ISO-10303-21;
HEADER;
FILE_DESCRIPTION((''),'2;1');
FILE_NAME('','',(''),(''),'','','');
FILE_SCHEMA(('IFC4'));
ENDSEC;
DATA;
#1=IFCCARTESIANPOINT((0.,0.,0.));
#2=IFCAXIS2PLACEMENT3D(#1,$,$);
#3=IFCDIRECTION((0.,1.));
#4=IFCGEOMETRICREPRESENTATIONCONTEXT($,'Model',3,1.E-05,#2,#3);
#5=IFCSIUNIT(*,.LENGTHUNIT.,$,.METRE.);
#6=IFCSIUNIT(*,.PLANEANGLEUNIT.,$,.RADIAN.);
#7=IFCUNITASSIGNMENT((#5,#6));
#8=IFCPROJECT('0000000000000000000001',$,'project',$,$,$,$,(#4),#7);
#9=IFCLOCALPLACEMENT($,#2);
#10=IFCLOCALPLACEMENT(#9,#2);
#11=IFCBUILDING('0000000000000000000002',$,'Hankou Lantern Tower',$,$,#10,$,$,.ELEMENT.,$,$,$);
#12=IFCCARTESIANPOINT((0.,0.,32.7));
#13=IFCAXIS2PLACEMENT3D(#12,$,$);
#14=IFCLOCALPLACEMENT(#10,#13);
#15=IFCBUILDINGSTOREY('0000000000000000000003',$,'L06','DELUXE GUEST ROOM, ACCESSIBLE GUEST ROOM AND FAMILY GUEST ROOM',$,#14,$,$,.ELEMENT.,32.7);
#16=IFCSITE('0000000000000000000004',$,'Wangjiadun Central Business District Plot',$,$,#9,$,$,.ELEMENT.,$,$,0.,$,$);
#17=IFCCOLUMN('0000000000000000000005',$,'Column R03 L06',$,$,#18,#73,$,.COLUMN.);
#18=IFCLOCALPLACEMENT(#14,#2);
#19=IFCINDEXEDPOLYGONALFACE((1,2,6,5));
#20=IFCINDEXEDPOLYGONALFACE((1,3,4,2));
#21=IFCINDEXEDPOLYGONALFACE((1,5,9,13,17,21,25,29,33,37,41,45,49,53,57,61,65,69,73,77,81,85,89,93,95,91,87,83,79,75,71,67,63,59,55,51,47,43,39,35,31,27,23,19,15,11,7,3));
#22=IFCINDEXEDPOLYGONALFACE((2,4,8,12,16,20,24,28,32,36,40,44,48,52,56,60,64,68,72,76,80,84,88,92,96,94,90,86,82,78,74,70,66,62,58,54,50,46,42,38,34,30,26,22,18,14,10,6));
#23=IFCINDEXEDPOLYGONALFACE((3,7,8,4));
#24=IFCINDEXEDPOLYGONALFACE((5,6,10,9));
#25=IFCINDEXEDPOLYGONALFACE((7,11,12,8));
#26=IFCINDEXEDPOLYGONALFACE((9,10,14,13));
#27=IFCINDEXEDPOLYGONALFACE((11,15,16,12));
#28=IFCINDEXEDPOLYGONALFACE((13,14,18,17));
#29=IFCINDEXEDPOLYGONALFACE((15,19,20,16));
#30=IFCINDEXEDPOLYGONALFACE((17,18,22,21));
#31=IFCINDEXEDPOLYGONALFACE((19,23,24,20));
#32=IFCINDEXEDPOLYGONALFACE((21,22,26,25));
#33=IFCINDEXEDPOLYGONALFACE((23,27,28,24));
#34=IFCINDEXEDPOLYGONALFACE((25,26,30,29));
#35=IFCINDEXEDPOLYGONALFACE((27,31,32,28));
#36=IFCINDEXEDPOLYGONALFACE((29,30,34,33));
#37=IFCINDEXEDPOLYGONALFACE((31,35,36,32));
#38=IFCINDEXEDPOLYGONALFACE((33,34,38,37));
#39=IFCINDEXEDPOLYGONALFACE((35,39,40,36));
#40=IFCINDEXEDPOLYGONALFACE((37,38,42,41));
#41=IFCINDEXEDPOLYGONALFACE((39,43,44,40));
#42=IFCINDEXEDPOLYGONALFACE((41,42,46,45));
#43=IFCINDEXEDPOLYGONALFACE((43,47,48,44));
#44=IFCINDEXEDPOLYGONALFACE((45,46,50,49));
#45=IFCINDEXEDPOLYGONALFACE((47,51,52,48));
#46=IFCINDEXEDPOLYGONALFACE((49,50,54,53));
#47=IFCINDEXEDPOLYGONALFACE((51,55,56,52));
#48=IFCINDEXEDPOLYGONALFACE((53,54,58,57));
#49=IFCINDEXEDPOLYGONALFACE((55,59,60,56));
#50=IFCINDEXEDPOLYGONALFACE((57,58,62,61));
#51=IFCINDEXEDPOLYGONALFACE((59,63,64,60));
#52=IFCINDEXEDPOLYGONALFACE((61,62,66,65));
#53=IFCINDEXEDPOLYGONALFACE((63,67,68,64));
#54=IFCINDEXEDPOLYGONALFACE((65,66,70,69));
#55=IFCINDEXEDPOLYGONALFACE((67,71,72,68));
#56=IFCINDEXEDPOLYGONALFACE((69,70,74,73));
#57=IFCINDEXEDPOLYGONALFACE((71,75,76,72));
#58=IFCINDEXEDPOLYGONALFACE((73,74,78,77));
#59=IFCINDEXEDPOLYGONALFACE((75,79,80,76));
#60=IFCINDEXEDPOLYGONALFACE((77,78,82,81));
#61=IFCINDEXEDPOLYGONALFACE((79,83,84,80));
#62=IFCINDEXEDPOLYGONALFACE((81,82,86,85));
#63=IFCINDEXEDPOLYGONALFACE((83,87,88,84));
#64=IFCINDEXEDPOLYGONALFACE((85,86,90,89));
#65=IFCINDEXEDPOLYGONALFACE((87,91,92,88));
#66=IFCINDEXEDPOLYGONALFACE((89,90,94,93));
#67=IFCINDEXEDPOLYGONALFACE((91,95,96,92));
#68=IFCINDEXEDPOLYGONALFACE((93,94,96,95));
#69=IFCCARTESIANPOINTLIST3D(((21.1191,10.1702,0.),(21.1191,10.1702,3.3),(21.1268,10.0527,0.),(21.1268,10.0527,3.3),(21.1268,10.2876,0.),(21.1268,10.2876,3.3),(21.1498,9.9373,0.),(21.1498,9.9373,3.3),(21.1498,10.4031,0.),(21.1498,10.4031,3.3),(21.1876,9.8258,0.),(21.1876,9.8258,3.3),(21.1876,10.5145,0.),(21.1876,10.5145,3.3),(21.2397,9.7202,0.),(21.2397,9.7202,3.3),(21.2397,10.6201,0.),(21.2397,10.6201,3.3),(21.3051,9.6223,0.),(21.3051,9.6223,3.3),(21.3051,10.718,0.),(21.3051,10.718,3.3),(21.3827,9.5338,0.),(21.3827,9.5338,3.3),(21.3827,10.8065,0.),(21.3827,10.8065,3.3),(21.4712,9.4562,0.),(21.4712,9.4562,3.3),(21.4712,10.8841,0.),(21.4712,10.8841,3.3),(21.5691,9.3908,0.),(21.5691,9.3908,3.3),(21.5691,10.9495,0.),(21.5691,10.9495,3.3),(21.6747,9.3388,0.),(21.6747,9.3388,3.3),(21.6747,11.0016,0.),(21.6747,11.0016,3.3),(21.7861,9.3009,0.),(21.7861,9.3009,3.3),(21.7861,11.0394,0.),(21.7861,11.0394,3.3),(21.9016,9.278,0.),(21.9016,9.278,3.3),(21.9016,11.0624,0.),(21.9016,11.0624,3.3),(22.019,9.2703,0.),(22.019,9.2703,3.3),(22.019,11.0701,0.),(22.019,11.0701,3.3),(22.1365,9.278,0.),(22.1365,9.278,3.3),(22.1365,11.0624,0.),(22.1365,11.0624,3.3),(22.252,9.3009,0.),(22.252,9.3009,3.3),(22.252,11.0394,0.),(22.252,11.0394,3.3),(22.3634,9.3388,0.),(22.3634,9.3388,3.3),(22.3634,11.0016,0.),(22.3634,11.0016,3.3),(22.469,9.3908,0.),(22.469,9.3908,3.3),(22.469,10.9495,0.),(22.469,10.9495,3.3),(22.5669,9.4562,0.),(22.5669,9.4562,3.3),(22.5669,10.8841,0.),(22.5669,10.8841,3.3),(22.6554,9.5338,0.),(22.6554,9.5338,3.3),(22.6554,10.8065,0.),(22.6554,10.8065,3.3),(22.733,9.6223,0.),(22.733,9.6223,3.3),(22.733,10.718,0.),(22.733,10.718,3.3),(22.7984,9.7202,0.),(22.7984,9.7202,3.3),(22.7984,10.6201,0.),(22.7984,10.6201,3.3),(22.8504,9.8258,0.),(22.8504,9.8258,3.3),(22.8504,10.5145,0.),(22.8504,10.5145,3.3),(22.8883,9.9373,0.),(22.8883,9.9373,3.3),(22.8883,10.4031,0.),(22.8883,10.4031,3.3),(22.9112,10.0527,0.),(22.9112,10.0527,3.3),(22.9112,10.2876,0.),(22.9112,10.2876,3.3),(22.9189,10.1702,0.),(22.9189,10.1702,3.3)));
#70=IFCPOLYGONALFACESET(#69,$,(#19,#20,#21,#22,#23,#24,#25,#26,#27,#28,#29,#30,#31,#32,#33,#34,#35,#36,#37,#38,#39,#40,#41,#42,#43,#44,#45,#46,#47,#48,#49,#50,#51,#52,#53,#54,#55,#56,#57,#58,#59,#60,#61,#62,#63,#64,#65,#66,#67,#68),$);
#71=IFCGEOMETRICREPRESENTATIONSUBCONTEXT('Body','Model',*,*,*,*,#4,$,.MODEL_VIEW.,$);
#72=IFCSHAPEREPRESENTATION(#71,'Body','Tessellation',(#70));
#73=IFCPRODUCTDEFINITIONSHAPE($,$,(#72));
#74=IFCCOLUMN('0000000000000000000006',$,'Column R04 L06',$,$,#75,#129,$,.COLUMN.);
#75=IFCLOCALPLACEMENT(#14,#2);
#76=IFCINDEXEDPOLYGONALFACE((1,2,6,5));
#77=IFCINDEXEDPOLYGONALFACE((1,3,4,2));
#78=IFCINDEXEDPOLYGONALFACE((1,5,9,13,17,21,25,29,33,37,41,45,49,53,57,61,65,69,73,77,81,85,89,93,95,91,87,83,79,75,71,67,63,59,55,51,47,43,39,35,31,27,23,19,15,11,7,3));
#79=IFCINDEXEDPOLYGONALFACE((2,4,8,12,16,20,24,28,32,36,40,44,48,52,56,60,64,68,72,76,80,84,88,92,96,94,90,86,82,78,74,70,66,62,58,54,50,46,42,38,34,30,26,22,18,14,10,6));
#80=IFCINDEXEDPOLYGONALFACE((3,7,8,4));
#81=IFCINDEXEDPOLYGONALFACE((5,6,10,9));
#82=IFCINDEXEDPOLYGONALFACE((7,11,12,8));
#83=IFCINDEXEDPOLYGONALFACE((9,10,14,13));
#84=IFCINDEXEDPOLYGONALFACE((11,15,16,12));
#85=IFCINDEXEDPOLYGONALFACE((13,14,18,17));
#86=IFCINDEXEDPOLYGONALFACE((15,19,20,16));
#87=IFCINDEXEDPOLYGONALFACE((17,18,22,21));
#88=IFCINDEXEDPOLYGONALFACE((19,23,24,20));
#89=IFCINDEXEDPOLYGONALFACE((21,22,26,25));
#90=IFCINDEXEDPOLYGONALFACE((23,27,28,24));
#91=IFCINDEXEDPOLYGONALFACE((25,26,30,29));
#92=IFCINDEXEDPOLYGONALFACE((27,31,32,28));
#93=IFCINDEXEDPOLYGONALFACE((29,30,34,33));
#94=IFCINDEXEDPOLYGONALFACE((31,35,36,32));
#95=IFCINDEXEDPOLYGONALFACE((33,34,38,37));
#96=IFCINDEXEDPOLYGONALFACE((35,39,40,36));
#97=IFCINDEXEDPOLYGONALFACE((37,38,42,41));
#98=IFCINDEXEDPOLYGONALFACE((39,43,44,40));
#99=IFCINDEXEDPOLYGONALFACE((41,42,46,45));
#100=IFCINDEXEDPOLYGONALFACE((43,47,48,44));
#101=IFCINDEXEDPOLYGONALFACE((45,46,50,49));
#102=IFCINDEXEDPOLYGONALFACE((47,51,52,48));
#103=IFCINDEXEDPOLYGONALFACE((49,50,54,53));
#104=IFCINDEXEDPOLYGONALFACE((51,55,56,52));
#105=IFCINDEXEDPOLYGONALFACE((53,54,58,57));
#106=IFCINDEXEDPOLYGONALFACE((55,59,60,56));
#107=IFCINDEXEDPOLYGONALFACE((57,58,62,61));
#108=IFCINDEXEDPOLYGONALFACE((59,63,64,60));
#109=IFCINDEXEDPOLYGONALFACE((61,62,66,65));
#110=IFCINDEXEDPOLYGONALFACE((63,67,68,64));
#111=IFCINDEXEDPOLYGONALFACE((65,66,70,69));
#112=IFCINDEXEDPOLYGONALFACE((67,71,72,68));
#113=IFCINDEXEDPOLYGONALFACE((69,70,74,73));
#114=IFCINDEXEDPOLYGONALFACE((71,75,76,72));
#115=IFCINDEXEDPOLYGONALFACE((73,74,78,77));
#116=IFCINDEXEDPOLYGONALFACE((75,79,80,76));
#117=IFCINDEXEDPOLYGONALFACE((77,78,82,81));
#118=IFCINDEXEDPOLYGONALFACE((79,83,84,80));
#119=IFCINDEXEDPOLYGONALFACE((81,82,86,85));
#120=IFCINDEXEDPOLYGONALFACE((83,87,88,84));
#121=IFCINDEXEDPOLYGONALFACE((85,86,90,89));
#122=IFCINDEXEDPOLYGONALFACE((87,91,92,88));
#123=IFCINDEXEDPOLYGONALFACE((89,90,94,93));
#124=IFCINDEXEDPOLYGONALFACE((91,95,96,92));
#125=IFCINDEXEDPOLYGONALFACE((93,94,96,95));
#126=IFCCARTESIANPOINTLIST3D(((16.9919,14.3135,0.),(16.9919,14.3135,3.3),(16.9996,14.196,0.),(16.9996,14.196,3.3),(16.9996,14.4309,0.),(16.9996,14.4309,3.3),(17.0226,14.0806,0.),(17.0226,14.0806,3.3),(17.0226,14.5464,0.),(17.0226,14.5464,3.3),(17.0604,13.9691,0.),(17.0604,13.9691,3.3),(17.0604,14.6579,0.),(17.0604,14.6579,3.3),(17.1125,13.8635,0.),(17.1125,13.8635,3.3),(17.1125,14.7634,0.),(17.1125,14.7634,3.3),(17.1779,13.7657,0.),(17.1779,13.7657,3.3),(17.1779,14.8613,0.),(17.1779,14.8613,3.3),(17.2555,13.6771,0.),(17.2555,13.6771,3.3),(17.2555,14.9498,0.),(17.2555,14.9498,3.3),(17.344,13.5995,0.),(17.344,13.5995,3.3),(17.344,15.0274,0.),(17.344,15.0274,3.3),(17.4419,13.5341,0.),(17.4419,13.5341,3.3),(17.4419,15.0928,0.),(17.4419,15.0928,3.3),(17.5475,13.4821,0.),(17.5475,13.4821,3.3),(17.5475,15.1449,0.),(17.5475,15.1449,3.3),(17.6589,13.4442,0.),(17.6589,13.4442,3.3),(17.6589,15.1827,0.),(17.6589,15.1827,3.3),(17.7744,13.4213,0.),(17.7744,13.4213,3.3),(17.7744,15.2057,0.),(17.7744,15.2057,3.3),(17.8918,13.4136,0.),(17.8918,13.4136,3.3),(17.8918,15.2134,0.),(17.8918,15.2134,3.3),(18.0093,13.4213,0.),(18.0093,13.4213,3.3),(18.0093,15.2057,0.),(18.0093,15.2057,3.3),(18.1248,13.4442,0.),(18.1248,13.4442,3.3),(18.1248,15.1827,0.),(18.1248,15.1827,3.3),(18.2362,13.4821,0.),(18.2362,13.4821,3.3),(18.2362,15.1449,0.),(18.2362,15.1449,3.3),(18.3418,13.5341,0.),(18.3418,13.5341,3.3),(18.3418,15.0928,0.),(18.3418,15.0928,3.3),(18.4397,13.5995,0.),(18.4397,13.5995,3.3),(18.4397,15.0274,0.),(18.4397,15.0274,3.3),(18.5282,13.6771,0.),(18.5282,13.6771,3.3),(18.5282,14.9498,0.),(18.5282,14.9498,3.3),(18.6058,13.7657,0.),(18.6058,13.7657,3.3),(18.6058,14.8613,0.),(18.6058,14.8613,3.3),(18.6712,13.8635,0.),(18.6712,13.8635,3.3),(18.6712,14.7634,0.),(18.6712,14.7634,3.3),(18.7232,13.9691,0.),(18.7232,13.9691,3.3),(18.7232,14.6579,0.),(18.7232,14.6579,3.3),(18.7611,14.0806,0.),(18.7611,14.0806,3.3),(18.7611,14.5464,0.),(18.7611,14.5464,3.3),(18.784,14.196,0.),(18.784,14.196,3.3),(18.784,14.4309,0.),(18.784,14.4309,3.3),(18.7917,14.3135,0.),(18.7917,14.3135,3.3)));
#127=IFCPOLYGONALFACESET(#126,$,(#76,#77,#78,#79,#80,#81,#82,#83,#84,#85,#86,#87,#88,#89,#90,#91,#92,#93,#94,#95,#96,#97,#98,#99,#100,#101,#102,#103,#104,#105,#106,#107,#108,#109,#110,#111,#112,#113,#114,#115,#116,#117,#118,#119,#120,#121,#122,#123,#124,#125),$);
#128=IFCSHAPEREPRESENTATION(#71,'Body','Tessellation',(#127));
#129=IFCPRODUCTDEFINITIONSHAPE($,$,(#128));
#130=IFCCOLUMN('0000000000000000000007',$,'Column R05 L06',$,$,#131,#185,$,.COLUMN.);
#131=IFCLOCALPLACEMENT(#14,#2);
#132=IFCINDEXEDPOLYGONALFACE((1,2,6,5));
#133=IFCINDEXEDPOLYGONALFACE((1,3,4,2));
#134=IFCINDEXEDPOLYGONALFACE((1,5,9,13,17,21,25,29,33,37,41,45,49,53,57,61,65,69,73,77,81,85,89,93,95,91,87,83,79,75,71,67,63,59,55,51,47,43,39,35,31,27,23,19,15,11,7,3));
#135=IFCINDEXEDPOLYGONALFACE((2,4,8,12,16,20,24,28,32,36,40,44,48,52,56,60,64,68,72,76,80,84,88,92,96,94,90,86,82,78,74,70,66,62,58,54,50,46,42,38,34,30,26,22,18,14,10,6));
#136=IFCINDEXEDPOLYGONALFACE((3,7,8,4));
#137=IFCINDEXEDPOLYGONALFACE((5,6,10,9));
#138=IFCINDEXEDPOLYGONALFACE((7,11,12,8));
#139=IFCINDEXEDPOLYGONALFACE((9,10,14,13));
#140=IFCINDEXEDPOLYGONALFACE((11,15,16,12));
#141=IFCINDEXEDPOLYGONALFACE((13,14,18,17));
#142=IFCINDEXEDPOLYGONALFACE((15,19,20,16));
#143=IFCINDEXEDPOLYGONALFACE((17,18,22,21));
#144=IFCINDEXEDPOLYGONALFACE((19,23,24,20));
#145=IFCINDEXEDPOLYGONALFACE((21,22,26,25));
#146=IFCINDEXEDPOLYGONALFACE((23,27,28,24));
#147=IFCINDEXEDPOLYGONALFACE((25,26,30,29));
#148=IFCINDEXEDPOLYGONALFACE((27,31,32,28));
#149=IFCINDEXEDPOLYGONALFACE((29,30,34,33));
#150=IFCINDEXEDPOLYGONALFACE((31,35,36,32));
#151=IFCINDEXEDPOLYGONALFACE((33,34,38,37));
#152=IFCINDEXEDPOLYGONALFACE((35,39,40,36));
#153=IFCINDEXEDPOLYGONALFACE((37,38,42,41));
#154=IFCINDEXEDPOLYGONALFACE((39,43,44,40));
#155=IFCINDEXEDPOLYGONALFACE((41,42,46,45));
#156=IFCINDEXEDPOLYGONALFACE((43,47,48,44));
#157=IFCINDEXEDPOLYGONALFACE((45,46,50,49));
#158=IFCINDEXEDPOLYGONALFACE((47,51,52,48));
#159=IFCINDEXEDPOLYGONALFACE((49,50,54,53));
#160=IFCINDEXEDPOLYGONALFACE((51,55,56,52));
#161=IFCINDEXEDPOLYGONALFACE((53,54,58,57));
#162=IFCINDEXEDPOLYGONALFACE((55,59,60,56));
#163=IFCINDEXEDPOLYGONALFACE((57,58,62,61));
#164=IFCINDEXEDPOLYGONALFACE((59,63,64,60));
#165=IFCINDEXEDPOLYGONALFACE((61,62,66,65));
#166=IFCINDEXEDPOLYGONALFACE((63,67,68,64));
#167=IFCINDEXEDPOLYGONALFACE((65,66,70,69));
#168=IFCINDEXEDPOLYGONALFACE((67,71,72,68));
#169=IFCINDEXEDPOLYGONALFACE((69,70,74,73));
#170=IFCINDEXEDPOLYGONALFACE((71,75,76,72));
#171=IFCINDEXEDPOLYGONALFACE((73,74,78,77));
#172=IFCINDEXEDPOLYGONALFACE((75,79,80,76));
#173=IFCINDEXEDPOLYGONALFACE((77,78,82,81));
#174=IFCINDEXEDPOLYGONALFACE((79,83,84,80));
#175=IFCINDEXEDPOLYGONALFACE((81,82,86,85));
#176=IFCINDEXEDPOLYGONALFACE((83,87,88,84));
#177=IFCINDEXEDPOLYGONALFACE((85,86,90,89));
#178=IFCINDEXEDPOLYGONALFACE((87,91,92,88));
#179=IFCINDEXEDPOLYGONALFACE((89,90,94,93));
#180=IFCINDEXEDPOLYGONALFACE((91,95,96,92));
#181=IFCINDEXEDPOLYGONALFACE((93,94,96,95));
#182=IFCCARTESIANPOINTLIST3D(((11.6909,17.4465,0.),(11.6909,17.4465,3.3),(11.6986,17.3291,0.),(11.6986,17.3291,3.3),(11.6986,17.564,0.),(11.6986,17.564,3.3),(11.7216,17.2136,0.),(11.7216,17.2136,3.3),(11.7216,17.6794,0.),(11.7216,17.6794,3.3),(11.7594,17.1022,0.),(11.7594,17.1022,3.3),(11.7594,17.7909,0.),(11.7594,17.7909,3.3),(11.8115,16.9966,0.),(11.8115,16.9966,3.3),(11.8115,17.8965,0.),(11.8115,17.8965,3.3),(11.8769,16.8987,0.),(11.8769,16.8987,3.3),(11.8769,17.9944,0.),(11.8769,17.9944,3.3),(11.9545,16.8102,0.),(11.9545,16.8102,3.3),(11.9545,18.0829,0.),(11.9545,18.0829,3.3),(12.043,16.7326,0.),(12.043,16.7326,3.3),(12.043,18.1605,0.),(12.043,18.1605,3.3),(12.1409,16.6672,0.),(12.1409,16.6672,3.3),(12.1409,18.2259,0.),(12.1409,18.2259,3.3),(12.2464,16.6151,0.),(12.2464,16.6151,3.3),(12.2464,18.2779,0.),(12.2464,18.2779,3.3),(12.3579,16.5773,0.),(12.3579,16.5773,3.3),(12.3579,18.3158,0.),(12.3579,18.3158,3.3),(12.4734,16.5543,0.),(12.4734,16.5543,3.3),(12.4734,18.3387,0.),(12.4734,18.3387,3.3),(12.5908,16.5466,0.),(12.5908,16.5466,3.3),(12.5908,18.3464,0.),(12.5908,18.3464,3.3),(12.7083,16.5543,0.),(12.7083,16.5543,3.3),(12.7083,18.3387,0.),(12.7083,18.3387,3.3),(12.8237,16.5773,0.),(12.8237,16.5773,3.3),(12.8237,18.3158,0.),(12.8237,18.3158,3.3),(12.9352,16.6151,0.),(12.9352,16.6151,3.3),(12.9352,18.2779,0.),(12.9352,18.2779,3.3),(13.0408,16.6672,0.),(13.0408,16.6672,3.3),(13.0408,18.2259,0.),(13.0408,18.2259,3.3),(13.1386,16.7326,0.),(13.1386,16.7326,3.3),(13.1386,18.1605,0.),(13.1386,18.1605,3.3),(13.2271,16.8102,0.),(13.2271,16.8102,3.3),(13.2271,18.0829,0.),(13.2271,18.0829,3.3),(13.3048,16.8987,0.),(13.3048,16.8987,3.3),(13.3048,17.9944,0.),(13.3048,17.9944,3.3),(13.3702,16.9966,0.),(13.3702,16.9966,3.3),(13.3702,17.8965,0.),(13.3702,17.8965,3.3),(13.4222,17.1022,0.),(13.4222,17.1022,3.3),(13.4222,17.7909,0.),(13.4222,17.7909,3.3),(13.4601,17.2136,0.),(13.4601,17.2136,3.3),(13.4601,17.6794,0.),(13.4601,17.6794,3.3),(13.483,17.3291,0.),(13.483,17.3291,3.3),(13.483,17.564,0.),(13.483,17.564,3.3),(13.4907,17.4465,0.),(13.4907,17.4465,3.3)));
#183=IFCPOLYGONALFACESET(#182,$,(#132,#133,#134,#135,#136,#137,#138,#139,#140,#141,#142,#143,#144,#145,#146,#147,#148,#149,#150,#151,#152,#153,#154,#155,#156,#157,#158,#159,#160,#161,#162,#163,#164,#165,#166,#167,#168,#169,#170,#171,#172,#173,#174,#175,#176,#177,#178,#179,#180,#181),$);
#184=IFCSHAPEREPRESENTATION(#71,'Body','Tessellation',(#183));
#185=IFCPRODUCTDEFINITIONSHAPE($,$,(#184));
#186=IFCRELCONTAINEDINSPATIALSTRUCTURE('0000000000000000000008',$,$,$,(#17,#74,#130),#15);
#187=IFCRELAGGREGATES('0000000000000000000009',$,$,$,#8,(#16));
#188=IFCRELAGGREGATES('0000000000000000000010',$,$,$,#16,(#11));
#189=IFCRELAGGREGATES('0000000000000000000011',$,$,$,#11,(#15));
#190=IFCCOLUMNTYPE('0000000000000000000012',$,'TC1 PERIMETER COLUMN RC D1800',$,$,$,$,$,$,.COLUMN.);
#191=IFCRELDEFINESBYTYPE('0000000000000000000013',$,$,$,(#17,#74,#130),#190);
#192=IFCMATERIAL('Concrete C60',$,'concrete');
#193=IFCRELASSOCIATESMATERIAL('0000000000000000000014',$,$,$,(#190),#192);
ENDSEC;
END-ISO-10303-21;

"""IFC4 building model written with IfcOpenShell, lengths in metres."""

from ifc_helpers import new_model, si_unit, direction, frame, origin, origin_2d, place, context, subcontext, project, spatial, circle, extrude, material, material_profile, profile_set, type_object, element, save


model = new_model("IFC4")

# Units and contexts
model_context = context("Model", 3, precision=1e-05, world=origin(), true_north=direction((0.0, 1.0)))
body_context = subcontext(model_context, "Body", "Model", "MODEL_VIEW")
ifc_project = project(units=[si_unit("LENGTHUNIT", "METRE"), si_unit("PLANEANGLEUNIT", "RADIAN")], contexts=[model_context])

# Site, building, storey
site_placement = place(None, origin())
site = spatial("IfcSite", under=ifc_project, at=site_placement, Name="Wangjiadun Central Business District Plot", CompositionType="ELEMENT", RefElevation=0.0)
building_placement = place(site_placement, origin())
building = spatial("IfcBuilding", under=site, at=building_placement, Name="Hankou Lantern Tower", CompositionType="ELEMENT")
storey_placement = place(building_placement, frame((0.0, 0.0, 32.7)))
storey = spatial("IfcBuildingStorey", under=building, at=storey_placement, Name="L06", Description="DELUXE GUEST ROOM, ACCESSIBLE GUEST ROOM AND FAMILY GUEST ROOM", CompositionType="ELEMENT", Elevation=32.7)

# Columns
ifc_material_1 = material(Name="Concrete C60", Category="concrete")
ifc_material_profile_1 = material_profile(ifc_material_1, circle(Radius=0.8999, at=origin_2d()), Name="RC D1800")
ifc_profile_set_1 = profile_set([ifc_material_profile_1], Name="Concrete C60")
column_type = type_object("IfcColumnType", Name="TC1 PERIMETER COLUMN RC D1800", PredefinedType="COLUMN", material=ifc_profile_set_1)
for number, where, z_axis, x_axis, name in (
    (1, (22.019, 10.1702, 0.0), (0.0, 0.0, 1.0), (1.0, 0.0, 0.0), "Column R03 L06"),
    (2, (17.8918, 14.3135, 0.0), (0.0, 0.0, 1.0), (1.0, 0.0, 0.0), "Column R04 L06"),
    (3, (12.5908, 17.4465, 0.0), (0.0, 0.0, 1.0), (1.0, 0.0, 0.0), "Column R05 L06"),
):
    element("IfcColumn", number, at=place(storey_placement, frame(where, z_axis=z_axis, x_axis=x_axis)), inside=storey, type_object=column_type, Name=name, PredefinedType="COLUMN", context=body_context, shape_type="SweptSolid", body=[
        extrude(circle(Radius=0.8999, at=origin_2d()), origin(), (0.0, 0.0, 1.0), 3.3),
    ])

save(model, "model.ifc")
